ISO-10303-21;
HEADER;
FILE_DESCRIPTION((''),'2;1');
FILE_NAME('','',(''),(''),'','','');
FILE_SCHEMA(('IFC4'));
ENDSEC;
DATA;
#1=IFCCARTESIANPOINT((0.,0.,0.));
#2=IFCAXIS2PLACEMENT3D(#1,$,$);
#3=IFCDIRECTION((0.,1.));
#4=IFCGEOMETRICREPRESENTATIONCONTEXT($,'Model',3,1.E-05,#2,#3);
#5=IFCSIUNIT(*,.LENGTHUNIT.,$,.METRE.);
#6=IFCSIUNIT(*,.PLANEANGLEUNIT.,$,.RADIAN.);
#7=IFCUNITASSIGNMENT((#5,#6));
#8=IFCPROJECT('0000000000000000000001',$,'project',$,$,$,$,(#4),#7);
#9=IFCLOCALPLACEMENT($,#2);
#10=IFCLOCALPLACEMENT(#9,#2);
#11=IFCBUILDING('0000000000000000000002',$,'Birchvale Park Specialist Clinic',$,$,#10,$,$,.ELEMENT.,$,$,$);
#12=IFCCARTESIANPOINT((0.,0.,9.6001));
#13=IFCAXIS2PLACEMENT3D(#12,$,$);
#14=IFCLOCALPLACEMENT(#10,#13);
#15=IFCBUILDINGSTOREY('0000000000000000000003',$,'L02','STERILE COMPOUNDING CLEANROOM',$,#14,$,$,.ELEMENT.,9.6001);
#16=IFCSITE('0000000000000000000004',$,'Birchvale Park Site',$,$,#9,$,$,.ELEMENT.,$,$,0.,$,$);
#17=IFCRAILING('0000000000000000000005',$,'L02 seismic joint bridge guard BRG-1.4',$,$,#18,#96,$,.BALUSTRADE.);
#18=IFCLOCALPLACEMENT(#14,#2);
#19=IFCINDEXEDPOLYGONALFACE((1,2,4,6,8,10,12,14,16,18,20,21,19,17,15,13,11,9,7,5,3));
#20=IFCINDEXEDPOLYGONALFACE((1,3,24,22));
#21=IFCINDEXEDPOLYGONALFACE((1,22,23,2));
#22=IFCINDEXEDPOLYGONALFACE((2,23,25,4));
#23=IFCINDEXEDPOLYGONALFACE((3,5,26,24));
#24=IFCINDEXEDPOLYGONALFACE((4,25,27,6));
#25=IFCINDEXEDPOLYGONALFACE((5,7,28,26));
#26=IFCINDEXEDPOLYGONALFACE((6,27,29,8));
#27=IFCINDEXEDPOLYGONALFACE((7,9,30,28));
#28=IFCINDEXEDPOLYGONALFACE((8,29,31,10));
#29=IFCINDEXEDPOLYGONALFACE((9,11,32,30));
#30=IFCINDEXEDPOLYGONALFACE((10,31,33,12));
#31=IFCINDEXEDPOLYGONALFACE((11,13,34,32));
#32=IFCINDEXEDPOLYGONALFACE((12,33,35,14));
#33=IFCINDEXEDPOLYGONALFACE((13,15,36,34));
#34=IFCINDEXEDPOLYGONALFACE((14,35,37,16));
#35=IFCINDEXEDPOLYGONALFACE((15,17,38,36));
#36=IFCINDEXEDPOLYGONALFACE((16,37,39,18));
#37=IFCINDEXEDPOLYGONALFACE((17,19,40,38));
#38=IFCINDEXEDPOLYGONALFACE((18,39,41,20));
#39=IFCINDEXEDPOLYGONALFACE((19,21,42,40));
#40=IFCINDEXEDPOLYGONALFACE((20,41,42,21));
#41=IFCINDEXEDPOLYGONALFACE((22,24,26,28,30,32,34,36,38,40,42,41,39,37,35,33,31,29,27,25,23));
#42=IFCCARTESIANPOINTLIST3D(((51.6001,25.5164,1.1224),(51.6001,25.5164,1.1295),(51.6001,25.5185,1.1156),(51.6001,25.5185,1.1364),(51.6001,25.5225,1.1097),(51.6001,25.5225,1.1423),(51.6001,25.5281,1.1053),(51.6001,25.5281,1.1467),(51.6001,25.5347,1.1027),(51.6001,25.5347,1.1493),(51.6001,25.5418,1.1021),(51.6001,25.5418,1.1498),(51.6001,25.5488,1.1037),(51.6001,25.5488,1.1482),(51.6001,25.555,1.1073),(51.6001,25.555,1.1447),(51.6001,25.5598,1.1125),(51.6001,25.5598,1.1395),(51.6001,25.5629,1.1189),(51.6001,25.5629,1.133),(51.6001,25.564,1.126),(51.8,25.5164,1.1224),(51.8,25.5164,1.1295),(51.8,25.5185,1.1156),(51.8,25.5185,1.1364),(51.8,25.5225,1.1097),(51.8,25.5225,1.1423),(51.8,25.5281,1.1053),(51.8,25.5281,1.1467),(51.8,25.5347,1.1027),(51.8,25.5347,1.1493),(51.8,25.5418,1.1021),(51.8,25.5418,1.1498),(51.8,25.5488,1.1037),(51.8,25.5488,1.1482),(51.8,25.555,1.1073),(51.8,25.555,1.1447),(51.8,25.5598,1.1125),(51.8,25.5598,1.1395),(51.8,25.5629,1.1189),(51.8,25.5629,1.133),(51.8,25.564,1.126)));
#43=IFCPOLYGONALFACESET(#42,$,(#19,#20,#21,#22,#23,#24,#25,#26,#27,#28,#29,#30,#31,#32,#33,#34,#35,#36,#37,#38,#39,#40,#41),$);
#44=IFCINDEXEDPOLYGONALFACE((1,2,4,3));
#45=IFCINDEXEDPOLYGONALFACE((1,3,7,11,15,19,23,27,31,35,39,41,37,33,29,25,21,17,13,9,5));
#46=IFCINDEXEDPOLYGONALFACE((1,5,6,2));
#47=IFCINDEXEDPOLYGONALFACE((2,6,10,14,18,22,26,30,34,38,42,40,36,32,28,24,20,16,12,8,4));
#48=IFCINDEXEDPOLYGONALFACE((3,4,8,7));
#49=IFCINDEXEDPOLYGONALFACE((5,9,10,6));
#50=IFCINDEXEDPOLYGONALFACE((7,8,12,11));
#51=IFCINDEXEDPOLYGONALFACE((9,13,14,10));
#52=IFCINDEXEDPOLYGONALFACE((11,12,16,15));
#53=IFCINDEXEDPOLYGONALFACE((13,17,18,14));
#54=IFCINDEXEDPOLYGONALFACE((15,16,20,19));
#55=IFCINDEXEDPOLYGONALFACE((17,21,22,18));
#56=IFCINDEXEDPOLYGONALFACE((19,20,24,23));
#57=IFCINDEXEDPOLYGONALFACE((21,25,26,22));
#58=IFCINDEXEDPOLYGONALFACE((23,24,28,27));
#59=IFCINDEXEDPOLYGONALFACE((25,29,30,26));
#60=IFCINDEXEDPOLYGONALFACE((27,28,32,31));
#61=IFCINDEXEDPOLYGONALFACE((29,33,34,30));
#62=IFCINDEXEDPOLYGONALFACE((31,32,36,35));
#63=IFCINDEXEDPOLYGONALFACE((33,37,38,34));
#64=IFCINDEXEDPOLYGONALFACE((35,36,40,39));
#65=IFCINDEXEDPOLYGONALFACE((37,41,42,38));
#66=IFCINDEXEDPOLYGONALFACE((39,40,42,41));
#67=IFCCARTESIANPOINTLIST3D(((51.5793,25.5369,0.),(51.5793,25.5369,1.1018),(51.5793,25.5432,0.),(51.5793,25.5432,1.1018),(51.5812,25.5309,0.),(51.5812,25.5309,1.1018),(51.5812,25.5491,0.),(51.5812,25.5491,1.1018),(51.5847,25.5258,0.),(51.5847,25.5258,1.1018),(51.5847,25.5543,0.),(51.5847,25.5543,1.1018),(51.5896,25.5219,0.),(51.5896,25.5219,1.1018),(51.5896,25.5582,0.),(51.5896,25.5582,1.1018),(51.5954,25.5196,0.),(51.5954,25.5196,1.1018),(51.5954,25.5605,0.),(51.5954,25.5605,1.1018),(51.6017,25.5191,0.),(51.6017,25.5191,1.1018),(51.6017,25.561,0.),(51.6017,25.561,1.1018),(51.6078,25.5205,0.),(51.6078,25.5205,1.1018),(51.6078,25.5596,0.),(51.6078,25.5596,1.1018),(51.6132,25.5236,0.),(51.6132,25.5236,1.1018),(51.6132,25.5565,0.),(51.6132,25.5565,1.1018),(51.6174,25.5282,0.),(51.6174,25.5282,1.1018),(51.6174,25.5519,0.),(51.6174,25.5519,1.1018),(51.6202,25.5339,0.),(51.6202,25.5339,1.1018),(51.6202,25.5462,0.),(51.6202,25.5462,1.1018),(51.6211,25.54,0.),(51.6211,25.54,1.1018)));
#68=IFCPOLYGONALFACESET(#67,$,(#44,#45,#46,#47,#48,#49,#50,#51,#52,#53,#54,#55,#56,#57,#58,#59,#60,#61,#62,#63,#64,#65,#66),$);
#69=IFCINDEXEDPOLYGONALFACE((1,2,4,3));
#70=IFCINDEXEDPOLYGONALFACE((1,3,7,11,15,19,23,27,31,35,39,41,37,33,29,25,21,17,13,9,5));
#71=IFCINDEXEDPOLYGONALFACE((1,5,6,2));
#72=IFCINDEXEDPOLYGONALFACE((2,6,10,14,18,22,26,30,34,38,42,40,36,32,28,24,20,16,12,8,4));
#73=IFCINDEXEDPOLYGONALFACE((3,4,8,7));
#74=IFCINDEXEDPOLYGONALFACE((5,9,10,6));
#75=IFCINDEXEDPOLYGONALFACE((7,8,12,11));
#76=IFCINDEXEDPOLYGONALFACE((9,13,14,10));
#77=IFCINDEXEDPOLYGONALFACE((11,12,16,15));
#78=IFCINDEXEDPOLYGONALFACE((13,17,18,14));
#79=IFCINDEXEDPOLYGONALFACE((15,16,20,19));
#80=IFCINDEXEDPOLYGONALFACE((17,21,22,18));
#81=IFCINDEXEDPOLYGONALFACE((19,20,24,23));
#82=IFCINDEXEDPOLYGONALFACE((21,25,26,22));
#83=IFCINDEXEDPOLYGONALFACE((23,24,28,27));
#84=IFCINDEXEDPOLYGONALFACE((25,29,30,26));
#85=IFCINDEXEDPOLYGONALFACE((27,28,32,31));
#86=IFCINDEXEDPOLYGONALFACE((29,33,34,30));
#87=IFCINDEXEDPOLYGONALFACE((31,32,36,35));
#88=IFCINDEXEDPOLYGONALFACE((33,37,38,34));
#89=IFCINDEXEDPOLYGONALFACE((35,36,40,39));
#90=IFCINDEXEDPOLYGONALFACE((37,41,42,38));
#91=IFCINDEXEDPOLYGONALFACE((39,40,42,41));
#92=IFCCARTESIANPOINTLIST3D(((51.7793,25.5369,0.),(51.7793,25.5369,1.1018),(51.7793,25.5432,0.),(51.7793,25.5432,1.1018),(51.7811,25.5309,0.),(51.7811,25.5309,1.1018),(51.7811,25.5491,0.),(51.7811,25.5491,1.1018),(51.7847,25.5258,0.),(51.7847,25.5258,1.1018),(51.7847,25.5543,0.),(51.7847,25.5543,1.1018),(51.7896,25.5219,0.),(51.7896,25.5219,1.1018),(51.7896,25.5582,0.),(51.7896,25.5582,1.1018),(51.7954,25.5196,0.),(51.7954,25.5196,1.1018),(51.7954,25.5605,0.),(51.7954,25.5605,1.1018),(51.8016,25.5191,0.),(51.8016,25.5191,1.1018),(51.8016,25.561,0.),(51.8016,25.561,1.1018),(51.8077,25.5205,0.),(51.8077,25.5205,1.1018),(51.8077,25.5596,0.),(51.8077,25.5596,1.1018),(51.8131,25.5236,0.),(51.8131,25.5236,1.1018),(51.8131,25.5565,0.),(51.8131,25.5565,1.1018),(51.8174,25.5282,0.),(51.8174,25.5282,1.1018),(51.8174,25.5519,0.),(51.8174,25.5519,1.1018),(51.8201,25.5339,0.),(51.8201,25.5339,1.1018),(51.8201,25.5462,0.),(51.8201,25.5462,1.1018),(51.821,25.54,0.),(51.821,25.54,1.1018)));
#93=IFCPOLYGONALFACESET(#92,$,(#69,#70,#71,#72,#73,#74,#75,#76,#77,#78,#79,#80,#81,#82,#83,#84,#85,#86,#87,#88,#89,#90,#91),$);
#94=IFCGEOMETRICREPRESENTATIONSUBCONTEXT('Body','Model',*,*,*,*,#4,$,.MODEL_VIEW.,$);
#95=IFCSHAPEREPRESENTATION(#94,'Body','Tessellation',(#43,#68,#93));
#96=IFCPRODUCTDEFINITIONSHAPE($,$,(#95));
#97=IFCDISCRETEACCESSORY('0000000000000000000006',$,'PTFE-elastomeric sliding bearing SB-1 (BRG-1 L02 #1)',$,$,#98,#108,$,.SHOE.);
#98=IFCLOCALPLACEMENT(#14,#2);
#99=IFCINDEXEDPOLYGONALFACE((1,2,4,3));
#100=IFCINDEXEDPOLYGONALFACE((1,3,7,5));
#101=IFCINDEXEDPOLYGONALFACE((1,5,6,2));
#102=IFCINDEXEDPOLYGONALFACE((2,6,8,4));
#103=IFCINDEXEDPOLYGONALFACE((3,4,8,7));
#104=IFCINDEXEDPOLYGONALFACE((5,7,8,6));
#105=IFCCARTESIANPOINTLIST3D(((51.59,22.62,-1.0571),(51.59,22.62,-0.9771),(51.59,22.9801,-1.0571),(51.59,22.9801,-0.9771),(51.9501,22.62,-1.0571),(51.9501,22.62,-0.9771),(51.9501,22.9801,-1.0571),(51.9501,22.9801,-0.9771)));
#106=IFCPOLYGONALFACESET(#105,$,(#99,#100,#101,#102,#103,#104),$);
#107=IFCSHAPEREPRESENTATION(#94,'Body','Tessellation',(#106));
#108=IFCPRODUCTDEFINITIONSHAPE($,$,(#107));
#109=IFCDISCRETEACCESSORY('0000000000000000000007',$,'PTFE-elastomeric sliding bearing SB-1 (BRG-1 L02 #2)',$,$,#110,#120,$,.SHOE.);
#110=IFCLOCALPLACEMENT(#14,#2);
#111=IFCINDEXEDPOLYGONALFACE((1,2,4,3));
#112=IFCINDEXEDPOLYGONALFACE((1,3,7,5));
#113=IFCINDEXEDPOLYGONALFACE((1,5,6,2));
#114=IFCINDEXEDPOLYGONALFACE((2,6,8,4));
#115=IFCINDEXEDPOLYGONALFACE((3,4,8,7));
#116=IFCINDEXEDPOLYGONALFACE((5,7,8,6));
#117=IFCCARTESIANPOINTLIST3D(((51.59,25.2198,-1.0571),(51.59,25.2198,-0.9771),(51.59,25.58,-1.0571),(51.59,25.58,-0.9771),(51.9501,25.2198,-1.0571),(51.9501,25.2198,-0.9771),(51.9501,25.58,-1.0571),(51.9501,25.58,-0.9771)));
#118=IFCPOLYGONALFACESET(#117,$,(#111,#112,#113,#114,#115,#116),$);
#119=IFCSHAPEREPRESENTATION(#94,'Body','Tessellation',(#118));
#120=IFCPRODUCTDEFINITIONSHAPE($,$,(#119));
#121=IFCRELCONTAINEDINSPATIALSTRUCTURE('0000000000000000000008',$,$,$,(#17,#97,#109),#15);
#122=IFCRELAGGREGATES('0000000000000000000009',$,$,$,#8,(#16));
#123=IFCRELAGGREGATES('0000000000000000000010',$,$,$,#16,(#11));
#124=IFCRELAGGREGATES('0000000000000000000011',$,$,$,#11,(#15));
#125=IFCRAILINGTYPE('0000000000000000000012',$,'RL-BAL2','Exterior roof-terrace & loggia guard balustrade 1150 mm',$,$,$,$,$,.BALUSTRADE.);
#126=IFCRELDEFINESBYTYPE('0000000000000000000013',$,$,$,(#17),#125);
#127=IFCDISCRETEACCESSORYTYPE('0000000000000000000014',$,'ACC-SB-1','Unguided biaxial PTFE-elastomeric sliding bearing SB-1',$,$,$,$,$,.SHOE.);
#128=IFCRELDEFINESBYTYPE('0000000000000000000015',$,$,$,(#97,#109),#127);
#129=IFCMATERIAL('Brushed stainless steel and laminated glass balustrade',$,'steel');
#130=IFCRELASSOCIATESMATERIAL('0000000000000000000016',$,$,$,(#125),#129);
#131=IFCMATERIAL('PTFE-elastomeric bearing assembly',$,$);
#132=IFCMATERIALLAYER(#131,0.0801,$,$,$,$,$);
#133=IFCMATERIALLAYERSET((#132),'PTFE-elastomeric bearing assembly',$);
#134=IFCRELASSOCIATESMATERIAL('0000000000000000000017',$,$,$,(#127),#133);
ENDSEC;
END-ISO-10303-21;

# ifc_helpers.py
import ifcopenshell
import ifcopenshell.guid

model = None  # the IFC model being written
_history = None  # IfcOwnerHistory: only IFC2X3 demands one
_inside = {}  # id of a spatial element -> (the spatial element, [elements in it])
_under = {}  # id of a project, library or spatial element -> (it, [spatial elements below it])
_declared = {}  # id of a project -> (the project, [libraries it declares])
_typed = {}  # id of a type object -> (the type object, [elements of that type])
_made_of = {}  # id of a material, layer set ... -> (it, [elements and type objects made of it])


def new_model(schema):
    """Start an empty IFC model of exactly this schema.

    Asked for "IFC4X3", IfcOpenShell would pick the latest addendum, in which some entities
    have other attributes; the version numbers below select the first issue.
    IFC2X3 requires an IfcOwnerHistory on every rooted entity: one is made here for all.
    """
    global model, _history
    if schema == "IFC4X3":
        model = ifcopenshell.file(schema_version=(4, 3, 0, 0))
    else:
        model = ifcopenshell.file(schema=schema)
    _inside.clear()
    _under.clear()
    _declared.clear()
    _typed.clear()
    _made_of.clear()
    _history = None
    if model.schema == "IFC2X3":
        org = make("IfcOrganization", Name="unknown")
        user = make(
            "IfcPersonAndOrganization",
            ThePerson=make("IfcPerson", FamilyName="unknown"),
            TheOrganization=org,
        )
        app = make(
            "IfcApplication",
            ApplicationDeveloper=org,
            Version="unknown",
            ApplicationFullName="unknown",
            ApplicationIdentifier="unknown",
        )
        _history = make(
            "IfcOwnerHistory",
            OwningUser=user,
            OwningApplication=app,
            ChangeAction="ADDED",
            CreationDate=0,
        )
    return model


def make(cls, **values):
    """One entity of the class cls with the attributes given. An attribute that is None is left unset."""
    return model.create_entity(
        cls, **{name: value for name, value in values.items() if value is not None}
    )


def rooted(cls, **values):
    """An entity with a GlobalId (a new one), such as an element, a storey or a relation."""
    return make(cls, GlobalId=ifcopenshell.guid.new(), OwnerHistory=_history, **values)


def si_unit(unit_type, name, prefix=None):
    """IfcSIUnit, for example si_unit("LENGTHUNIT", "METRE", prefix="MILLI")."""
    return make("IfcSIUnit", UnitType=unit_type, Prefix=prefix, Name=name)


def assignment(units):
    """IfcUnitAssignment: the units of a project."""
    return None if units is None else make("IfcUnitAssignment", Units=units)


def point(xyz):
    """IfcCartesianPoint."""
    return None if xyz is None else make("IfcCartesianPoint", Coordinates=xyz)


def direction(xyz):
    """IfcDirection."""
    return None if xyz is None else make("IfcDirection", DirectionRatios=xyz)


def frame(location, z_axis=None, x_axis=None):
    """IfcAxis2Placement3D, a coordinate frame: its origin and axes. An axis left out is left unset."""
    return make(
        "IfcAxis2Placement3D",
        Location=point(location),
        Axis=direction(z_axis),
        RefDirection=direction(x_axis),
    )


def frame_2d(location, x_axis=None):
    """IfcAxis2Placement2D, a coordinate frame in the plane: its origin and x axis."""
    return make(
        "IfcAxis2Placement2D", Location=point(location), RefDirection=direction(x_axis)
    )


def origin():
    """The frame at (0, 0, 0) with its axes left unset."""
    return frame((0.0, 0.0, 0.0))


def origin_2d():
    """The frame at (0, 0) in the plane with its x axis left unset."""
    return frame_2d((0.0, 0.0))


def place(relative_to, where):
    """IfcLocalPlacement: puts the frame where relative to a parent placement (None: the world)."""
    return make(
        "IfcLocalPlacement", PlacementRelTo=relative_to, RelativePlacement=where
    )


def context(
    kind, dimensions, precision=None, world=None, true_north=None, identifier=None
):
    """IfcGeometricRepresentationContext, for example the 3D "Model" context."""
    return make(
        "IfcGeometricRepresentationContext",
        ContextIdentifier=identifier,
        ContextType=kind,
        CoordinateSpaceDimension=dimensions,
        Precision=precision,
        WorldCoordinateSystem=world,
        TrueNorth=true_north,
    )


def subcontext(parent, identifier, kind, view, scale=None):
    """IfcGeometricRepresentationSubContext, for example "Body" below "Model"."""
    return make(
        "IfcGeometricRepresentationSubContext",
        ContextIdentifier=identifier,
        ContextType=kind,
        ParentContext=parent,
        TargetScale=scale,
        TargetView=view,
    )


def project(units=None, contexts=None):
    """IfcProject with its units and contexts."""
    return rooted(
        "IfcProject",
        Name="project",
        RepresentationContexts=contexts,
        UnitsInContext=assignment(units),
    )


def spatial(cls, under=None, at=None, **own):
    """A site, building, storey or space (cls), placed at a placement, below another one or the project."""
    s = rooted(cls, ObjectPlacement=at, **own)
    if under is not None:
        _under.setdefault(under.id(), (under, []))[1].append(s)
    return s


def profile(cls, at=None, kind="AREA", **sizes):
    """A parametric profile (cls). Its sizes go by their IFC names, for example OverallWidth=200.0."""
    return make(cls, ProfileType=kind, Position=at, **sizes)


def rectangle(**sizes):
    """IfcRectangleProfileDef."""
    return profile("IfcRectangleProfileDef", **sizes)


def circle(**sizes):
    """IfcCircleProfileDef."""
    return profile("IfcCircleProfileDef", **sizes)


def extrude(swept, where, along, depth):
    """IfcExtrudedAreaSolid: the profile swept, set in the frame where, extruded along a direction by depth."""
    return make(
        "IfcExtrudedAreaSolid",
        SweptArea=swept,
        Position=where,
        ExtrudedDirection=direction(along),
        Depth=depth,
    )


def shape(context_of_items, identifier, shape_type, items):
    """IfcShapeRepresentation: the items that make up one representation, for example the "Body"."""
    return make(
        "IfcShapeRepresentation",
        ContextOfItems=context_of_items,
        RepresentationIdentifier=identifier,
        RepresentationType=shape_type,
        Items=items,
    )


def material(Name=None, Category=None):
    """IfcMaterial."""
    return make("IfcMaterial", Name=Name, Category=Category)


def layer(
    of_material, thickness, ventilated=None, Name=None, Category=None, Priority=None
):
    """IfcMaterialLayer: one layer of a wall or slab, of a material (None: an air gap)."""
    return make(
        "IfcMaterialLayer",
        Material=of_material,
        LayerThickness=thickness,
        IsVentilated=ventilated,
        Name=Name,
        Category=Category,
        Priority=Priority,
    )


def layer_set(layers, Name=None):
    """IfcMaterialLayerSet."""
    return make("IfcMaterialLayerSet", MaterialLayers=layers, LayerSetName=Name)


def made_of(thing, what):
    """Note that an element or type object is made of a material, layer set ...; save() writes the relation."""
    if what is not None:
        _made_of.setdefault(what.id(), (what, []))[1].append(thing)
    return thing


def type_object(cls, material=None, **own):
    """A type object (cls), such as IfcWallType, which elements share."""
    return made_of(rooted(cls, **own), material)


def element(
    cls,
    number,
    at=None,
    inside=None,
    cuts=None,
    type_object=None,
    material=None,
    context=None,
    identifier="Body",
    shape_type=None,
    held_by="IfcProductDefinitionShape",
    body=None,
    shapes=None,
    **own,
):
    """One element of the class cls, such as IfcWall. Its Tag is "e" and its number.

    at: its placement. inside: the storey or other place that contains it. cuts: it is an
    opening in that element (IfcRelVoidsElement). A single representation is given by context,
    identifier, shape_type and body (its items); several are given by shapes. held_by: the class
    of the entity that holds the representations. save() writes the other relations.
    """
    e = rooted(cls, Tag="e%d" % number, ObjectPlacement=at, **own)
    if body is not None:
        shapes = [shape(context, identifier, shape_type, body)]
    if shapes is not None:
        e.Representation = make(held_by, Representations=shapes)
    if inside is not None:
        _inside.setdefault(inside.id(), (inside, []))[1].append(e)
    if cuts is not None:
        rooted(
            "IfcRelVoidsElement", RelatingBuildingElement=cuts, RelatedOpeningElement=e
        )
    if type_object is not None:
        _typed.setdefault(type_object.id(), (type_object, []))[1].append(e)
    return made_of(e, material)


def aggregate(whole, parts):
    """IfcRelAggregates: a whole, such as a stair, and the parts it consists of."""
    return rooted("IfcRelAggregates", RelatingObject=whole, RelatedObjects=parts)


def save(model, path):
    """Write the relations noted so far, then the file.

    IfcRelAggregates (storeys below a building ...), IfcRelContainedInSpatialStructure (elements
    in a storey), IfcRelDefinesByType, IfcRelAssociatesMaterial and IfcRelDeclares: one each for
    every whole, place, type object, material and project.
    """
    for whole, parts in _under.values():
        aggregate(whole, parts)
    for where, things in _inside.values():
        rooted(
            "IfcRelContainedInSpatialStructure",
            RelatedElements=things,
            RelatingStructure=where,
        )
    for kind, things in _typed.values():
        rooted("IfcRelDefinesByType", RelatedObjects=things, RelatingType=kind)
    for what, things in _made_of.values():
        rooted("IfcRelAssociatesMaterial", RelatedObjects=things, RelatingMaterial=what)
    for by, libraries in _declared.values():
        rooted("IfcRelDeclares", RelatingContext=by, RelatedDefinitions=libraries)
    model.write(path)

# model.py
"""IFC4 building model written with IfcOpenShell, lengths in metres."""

from ifc_helpers import new_model, si_unit, direction, frame, origin, origin_2d, place, context, subcontext, project, spatial, rectangle, circle, extrude, material, layer, layer_set, type_object, element, save


model = new_model("IFC4")

# Units and contexts
model_context = context("Model", 3, precision=1e-05, world=origin(), true_north=direction((0.0, 1.0)))
body_context = subcontext(model_context, "Body", "Model", "MODEL_VIEW")
ifc_project = project(units=[si_unit("LENGTHUNIT", "METRE"), si_unit("PLANEANGLEUNIT", "RADIAN")], contexts=[model_context])

# Site, building, storey
site_placement = place(None, origin())
site = spatial("IfcSite", under=ifc_project, at=site_placement, Name="Birchvale Park Site", CompositionType="ELEMENT", RefElevation=0.0)
building_placement = place(site_placement, origin())
building = spatial("IfcBuilding", under=site, at=building_placement, Name="Birchvale Park Specialist Clinic", CompositionType="ELEMENT")
storey_placement = place(building_placement, frame((0.0, 0.0, 9.6001)))
storey = spatial("IfcBuildingStorey", under=building, at=storey_placement, Name="L02", Description="STERILE COMPOUNDING CLEANROOM", CompositionType="ELEMENT", Elevation=9.6001)

# Railing
ifc_material_1 = material(Name="Brushed stainless steel and laminated glass balustrade", Category="steel")
railing_type = type_object("IfcRailingType", Name="RL-BAL2", Description="Exterior roof-terrace & loggia guard balustrade 1150 mm", PredefinedType="BALUSTRADE", material=ifc_material_1)
for number, where, name in (
    (1, (51.6001, 25.54, 0.0), "L02 seismic joint bridge guard BRG-1.4"),
):
    element("IfcRailing", number, at=place(storey_placement, frame(where)), inside=storey, type_object=railing_type, Name=name, PredefinedType="BALUSTRADE", context=body_context, shape_type="SweptSolid", body=[
        extrude(circle(Radius=0.0239, at=origin_2d()), frame((0.0, 0.0, 1.126), z_axis=(1.0, 0.0, 0.0), x_axis=(0.0, 1.0, 0.0)), (0.0, 0.0, 1.0), 0.2),
        extrude(circle(Radius=0.021, at=origin_2d()), origin(), (0.0, 0.0, 1.0), 1.1018),
        extrude(circle(Radius=0.021, at=origin_2d()), frame((0.2, 0.0, 0.0)), (0.0, 0.0, 1.0), 1.1018),
    ])

# Discrete accessories
ifc_material_2 = material(Name="PTFE-elastomeric bearing assembly")
ifc_layer_1 = layer(ifc_material_2, 0.0801)
ifc_layer_set_1 = layer_set([ifc_layer_1], Name="PTFE-elastomeric bearing assembly")
discrete_accessory_type = type_object("IfcDiscreteAccessoryType", Name="ACC-SB-1", Description="Unguided biaxial PTFE-elastomeric sliding bearing SB-1", PredefinedType="SHOE", material=ifc_layer_set_1)
for number, where, z_axis, x_axis, name in (
    (2, (51.77, 22.8, -1.0571), (0.0, 0.0, 1.0), (1.0, 0.0, 0.0), "PTFE-elastomeric sliding bearing SB-1 (BRG-1 L02 #1)"),
    (3, (51.77, 25.3999, -1.0571), (0.0, 0.0, 1.0), (1.0, 0.0, 0.0), "PTFE-elastomeric sliding bearing SB-1 (BRG-1 L02 #2)"),
):
    element("IfcDiscreteAccessory", number, at=place(storey_placement, frame(where, z_axis=z_axis, x_axis=x_axis)), inside=storey, type_object=discrete_accessory_type, Name=name, PredefinedType="SHOE", context=body_context, shape_type="SweptSolid", body=[
        extrude(rectangle(XDim=0.3601, YDim=0.3601, at=origin_2d()), origin(), (0.0, 0.0, 1.0), 0.0801),
    ])

save(model, "model.ifc")
